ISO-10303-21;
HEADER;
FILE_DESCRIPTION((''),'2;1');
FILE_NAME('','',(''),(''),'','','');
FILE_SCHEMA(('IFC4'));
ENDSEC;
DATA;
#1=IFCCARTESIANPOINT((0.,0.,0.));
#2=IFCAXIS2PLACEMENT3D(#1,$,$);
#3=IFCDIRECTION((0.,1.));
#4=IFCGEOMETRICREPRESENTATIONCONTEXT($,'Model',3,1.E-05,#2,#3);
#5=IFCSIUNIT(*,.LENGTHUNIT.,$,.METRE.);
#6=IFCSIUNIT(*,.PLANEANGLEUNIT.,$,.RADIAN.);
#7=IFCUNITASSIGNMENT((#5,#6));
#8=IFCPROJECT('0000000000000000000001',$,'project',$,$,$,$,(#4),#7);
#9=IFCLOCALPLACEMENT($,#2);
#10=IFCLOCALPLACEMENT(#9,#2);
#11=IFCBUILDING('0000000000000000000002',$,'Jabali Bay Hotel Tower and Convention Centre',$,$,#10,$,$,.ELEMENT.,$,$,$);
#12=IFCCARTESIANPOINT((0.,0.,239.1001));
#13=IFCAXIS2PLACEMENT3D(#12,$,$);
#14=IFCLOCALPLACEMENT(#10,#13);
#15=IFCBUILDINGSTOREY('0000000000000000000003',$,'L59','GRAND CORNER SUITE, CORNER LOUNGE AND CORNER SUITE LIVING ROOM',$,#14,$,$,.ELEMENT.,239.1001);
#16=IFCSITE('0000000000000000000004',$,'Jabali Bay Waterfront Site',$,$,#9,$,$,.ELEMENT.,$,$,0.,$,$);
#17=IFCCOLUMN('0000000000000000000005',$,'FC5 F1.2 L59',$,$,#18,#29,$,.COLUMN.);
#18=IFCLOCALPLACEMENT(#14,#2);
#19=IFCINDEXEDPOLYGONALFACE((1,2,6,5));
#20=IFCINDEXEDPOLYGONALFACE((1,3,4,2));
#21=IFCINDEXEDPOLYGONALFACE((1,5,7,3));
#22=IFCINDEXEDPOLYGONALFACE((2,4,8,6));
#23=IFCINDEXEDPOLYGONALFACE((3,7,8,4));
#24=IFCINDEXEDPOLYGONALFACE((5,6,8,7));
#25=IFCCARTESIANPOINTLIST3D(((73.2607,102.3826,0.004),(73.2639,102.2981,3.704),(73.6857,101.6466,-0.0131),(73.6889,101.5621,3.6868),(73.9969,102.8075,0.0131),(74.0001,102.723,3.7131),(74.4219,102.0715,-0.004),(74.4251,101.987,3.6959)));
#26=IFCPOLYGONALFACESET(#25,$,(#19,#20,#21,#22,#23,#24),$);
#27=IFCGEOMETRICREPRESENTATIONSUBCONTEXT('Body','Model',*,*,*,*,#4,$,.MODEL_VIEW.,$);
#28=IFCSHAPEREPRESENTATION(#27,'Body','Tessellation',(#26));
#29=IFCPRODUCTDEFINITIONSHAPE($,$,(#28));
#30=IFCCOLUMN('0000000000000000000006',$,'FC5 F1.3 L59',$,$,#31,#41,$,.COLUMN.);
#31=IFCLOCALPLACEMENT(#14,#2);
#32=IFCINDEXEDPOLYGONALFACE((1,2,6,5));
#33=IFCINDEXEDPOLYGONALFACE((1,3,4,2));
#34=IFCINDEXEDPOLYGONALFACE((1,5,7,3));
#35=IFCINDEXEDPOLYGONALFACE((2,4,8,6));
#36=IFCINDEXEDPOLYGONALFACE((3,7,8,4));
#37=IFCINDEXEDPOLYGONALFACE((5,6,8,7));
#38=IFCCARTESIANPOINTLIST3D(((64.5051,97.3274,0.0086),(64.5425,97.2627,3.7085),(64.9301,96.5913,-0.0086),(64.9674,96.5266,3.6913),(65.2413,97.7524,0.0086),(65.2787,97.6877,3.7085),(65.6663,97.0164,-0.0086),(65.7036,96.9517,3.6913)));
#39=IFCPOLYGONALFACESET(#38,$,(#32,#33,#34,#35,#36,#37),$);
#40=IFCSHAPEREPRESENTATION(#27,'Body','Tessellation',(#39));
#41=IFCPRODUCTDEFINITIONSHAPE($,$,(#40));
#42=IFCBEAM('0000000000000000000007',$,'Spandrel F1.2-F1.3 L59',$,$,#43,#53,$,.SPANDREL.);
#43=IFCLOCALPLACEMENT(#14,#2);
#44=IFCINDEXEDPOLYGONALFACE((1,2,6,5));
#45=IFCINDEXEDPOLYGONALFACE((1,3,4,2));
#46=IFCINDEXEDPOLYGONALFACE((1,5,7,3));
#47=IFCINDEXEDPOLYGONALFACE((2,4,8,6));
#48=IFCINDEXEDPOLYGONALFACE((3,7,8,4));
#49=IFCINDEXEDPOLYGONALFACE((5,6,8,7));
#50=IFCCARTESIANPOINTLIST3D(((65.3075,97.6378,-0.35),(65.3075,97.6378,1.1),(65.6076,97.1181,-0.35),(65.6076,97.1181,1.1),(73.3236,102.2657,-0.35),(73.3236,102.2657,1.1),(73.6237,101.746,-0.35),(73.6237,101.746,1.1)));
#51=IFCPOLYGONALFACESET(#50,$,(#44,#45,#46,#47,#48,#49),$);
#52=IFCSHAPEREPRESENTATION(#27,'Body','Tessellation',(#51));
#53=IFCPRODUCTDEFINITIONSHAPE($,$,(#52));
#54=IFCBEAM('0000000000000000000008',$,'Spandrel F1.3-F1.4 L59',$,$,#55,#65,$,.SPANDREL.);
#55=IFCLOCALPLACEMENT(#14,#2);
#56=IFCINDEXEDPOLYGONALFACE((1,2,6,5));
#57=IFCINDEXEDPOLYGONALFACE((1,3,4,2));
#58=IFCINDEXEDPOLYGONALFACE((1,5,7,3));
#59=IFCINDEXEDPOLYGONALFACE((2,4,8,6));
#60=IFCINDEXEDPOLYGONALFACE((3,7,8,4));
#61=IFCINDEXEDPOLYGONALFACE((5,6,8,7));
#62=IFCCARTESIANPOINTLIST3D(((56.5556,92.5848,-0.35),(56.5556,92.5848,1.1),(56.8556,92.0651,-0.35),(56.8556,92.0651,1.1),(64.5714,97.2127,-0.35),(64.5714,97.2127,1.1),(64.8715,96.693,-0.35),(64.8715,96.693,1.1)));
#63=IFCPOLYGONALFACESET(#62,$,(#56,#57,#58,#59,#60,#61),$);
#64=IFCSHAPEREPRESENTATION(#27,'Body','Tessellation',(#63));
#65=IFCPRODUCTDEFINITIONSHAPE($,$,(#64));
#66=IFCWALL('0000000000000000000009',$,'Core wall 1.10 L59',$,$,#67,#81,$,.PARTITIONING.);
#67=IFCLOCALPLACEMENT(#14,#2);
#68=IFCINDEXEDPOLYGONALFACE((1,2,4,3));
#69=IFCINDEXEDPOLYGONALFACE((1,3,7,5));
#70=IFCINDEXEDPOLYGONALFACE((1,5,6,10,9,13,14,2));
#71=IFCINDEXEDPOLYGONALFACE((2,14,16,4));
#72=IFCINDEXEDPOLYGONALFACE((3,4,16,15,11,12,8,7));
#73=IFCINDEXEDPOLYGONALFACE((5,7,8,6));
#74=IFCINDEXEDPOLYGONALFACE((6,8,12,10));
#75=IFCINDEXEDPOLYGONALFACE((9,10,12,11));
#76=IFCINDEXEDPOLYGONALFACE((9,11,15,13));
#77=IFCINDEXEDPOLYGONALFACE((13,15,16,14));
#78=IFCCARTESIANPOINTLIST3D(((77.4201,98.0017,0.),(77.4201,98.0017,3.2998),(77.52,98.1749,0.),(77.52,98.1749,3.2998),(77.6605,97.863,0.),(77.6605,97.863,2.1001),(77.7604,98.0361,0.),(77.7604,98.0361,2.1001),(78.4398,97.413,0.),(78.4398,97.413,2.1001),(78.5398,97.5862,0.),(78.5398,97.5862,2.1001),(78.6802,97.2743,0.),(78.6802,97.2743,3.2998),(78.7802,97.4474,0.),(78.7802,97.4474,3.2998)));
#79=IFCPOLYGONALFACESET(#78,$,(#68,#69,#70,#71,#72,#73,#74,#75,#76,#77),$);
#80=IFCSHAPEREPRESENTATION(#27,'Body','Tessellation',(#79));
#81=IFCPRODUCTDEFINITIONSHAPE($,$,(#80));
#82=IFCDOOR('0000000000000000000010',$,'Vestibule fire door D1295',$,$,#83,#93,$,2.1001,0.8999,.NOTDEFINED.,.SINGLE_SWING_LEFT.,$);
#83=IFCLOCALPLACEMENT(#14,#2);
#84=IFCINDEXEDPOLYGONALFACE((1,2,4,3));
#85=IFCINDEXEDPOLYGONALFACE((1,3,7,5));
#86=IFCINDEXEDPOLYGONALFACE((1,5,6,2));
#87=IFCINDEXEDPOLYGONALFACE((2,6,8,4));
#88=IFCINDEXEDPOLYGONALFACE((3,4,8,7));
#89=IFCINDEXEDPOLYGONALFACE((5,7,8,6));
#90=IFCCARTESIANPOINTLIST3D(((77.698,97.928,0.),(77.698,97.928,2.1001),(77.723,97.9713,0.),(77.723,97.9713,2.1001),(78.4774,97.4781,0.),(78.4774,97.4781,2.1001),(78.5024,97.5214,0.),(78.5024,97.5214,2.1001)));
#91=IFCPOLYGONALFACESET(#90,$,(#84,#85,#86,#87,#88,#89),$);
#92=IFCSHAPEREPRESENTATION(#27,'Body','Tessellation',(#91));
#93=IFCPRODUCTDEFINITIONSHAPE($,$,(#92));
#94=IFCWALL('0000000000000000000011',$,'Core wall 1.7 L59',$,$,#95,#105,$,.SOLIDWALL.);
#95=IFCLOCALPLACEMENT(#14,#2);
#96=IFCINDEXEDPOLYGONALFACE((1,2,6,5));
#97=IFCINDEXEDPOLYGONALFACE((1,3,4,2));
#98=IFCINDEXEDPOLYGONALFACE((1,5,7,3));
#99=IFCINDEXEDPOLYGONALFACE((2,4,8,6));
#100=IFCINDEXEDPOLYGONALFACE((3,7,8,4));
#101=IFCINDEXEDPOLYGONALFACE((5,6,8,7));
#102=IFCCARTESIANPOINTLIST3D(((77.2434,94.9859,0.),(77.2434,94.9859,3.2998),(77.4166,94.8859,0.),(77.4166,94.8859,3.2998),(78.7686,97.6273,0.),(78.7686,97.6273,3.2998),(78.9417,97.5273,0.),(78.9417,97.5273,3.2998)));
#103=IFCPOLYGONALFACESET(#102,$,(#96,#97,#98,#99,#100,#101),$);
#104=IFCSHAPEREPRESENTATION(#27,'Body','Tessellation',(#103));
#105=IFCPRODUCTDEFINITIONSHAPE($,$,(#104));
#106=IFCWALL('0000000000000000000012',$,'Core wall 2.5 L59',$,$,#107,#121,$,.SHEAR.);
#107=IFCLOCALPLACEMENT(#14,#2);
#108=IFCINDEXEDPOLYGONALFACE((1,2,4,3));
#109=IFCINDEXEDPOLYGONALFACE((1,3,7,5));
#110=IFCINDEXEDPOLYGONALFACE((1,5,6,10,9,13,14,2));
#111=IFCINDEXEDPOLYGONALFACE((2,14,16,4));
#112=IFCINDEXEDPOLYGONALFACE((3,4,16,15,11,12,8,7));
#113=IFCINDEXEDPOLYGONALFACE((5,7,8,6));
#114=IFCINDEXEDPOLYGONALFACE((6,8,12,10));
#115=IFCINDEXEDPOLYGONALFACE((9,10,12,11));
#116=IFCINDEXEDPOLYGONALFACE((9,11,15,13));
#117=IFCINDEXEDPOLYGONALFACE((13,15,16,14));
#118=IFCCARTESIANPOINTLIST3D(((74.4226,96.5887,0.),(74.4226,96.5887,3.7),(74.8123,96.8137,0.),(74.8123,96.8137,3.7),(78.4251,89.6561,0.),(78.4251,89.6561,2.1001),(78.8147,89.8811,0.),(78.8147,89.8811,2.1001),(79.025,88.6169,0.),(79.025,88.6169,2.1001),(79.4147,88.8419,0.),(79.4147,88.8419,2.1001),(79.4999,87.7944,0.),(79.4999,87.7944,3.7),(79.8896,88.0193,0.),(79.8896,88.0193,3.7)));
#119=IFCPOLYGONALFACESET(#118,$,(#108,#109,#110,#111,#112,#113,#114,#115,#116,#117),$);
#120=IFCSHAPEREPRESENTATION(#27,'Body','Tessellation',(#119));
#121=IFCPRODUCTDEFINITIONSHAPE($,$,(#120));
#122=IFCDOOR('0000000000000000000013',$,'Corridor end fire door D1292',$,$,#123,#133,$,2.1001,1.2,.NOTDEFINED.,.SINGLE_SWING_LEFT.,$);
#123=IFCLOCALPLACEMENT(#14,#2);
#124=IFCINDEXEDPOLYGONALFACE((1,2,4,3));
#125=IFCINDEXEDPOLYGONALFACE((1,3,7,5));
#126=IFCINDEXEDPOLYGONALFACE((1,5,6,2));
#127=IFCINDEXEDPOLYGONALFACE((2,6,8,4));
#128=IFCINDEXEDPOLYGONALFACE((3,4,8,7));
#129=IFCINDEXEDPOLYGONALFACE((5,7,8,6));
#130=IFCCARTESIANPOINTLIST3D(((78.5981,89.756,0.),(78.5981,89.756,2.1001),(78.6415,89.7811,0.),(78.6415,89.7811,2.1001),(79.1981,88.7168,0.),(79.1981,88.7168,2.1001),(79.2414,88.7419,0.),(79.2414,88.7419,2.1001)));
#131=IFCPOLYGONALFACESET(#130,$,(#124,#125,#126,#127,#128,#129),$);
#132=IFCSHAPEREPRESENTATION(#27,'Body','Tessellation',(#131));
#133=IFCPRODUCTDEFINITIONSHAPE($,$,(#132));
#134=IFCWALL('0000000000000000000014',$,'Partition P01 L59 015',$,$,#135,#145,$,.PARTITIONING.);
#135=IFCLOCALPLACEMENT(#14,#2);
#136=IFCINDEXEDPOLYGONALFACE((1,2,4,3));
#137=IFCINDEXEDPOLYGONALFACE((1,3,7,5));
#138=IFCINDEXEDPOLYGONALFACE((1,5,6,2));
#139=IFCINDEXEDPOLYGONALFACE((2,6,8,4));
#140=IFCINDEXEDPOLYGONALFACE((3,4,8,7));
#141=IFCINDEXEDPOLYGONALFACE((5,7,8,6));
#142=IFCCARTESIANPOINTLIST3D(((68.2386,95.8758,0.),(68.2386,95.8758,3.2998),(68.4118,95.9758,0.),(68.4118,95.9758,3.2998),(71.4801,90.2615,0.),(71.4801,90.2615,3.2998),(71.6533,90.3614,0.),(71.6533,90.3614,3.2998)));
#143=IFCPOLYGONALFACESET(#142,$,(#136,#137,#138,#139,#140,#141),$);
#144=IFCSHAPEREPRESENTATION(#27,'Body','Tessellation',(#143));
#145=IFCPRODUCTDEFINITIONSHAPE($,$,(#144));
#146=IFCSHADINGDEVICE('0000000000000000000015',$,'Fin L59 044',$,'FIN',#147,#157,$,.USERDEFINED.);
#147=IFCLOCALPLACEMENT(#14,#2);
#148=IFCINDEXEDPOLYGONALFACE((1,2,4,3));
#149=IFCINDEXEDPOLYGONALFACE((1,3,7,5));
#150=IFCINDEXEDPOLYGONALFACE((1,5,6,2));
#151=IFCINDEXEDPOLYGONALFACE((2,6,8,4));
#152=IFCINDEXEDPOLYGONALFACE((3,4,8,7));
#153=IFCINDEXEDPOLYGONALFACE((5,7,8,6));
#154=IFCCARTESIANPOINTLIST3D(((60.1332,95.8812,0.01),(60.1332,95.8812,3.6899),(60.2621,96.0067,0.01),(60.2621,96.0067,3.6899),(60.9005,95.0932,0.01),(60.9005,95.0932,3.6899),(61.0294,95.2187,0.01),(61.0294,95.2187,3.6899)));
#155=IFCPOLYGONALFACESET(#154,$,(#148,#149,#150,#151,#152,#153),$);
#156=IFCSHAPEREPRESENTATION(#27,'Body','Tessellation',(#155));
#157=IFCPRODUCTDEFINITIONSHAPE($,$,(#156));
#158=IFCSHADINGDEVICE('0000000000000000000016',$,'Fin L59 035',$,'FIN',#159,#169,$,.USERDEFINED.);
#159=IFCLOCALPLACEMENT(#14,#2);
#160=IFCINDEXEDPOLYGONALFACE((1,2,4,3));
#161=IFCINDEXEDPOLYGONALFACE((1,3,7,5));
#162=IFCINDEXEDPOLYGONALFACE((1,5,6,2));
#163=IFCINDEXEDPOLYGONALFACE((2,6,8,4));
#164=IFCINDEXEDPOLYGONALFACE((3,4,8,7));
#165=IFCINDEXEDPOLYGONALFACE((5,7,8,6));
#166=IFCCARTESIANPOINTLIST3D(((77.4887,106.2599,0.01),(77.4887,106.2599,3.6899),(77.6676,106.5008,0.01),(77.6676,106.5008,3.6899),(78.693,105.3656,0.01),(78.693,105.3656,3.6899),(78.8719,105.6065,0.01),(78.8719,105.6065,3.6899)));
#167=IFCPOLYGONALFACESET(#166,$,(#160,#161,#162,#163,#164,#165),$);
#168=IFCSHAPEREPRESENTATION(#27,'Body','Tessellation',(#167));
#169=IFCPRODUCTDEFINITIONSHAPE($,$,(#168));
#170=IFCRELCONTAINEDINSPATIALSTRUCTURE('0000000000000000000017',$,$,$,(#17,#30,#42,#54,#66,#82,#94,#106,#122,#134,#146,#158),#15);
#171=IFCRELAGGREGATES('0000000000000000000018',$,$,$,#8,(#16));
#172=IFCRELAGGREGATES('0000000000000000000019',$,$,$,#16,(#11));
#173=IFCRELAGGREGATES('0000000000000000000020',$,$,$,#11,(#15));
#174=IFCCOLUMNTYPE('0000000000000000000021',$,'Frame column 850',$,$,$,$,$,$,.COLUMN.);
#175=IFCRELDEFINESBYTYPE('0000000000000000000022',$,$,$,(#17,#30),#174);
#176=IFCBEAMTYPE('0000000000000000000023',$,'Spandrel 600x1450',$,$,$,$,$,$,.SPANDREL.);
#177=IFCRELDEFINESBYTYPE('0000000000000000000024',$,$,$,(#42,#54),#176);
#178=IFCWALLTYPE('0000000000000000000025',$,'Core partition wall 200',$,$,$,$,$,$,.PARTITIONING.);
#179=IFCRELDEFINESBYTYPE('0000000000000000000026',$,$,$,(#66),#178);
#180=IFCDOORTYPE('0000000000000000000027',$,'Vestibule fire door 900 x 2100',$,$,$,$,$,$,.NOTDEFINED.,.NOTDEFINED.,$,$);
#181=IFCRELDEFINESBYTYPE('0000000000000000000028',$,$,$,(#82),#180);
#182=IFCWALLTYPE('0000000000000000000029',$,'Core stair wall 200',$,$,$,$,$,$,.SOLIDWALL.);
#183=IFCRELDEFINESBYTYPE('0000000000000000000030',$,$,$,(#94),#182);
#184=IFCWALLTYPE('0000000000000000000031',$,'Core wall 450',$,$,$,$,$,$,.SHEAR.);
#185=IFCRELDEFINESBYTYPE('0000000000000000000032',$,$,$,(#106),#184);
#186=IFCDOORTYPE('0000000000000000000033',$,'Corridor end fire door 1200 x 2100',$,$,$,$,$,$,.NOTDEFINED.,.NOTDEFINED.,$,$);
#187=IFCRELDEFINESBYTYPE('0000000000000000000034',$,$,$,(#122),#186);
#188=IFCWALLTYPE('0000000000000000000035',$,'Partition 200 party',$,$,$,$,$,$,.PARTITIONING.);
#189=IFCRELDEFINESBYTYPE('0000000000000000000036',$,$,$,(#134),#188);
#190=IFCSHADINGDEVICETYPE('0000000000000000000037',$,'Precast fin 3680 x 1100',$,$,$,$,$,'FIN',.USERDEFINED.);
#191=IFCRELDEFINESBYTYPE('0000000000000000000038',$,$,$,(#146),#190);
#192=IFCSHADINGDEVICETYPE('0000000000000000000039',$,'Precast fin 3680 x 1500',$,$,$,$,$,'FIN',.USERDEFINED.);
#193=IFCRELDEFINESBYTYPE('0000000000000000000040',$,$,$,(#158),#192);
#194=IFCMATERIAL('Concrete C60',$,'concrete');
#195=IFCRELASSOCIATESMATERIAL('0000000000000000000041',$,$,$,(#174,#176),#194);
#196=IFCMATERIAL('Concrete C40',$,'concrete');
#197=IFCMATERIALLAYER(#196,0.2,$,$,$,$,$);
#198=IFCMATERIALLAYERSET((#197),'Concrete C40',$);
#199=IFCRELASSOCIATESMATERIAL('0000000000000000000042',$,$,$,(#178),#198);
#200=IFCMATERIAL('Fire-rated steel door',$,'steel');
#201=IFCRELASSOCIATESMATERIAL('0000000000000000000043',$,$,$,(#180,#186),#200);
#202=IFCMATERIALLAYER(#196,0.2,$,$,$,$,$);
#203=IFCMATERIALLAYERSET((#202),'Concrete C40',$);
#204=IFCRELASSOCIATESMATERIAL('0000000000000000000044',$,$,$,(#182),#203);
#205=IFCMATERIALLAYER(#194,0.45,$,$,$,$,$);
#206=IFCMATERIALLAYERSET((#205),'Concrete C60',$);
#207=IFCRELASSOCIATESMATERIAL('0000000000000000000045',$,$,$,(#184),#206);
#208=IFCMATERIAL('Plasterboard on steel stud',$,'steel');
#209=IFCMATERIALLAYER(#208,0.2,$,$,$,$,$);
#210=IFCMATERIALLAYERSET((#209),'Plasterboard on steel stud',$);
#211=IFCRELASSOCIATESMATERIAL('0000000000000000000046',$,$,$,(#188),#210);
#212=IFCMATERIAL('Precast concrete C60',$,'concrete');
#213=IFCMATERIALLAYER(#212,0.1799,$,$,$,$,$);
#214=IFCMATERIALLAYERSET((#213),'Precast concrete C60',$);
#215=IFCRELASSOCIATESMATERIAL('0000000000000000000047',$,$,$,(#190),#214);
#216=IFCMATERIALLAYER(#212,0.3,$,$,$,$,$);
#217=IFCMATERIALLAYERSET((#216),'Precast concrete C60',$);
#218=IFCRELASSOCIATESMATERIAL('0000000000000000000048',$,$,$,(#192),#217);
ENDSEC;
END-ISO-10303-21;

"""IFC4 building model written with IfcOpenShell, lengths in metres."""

from ifc_helpers import new_model, si_unit, direction, frame, frame_2d, origin, origin_2d, place, context, subcontext, project, spatial, rectangle, extrude, material, layer, layer_set, material_profile, profile_set, type_object, element, fill, save


model = new_model("IFC4")

# Units and contexts
model_context = context("Model", 3, precision=1e-05, world=origin(), true_north=direction((0.0, 1.0)))
body_context = subcontext(model_context, "Body", "Model", "MODEL_VIEW")
ifc_project = project(units=[si_unit("LENGTHUNIT", "METRE"), si_unit("PLANEANGLEUNIT", "RADIAN")], contexts=[model_context])

# Site, building, storey
site_placement = place(None, origin())
site = spatial("IfcSite", under=ifc_project, at=site_placement, Name="Jabali Bay Waterfront Site", CompositionType="ELEMENT", RefElevation=0.0)
building_placement = place(site_placement, origin())
building = spatial("IfcBuilding", under=site, at=building_placement, Name="Jabali Bay Hotel Tower and Convention Centre", CompositionType="ELEMENT")
storey_placement = place(building_placement, frame((0.0, 0.0, 239.1001)))
storey = spatial("IfcBuildingStorey", under=building, at=storey_placement, Name="L59", Description="GRAND CORNER SUITE, CORNER LOUNGE AND CORNER SUITE LIVING ROOM", CompositionType="ELEMENT", Elevation=239.1001)

# Columns
ifc_material_1 = material(Name="Concrete C60", Category="concrete")
ifc_material_profile_1 = material_profile(ifc_material_1, rectangle(XDim=0.8501, YDim=0.8501, at=origin_2d()), Name="Frame column 850")
ifc_profile_set_1 = profile_set([ifc_material_profile_1], Name="Concrete C60")
column_type = type_object("IfcColumnType", Name="Frame column 850", PredefinedType="COLUMN", material=ifc_profile_set_1)
column_1_placement = place(storey_placement, frame((73.8413, 102.2271, 0.0), z_axis=(0.000858, -0.022825, 0.999739), x_axis=(0.86606, 0.499826, 0.010668)))
element("IfcColumn", 1, at=column_1_placement, inside=storey, type_object=column_type, Name="FC5 F1.2 L59", PredefinedType="COLUMN", context=body_context, shape_type="SweptSolid", body=[
    extrude(rectangle(XDim=0.8501, YDim=0.8501, at=origin_2d()), origin(), (0.0, 0.0, 1.0), 3.7009),
])
column_2_placement = place(storey_placement, frame((65.0857, 97.1719, 0.0), z_axis=(0.010094, -0.017482, 0.999796), x_axis=(-0.499903, 0.865846, 0.020187)))
element("IfcColumn", 2, at=column_2_placement, inside=storey, type_object=column_type, Name="FC5 F1.3 L59", PredefinedType="COLUMN", context=body_context, shape_type="SweptSolid", body=[
    extrude(rectangle(XDim=0.8501, YDim=0.8501, at=origin_2d()), origin(), (0.0, 0.0, 1.0), 3.7007),
])

# Beams
ifc_material_profile_2 = material_profile(ifc_material_1, rectangle(XDim=0.6001, YDim=1.45, at=origin_2d()), Name="Spandrel 600x1450")
ifc_profile_set_2 = profile_set([ifc_material_profile_2], Name="Concrete C60")
beam_type = type_object("IfcBeamType", Name="Spandrel 600x1450", PredefinedType="SPANDREL", material=ifc_profile_set_2)
beam_1_placement = place(storey_placement, frame((73.4736, 102.0059, 0.375), z_axis=(-0.866034, -0.499986, 0.0), x_axis=(0.499986, -0.866034, 0.0)))
element("IfcBeam", 3, at=beam_1_placement, inside=storey, type_object=beam_type, Name="Spandrel F1.2-F1.3 L59", PredefinedType="SPANDREL", context=body_context, shape_type="SweptSolid", body=[
    extrude(rectangle(XDim=0.6001, YDim=1.45, at=origin_2d()), origin(), (0.0, 0.0, 1.0), 9.2561),
])
beam_2_placement = place(storey_placement, frame((64.7214, 96.9529, 0.375), z_axis=(-0.866027, -0.499997, 0.0), x_axis=(0.499997, -0.866027, 0.0)))
element("IfcBeam", 4, at=beam_2_placement, inside=storey, type_object=beam_type, Name="Spandrel F1.3-F1.4 L59", PredefinedType="SPANDREL", context=body_context, shape_type="SweptSolid", body=[
    extrude(rectangle(XDim=0.6001, YDim=1.45, at=origin_2d()), origin(), (0.0, 0.0, 1.0), 9.2559),
])

# Wall, opening, door
ifc_material_2 = material(Name="Concrete C40", Category="concrete")
ifc_layer_1 = layer(ifc_material_2, 0.2)
ifc_layer_set_1 = layer_set([ifc_layer_1], Name="Concrete C40")
wall_type_1 = type_object("IfcWallType", Name="Core partition wall 200", PredefinedType="PARTITIONING", material=ifc_layer_set_1)
wall_1_placement = place(storey_placement, frame((78.7302, 97.3608, 0.0), z_axis=(0.0, 0.0, 1.0), x_axis=(-0.866046, 0.499965, 0.0)))
wall_1 = element("IfcWall", 5, at=wall_1_placement, inside=storey, type_object=wall_type_1, Name="Core wall 1.10 L59", PredefinedType="PARTITIONING", context=body_context, shape_type="SweptSolid", body=[
    extrude(rectangle(XDim=1.4551, YDim=0.2, at=frame_2d((0.7275, 0.0))), origin(), (0.0, 0.0, 1.0), 3.2998),
])
opening_1_placement = place(wall_1_placement, frame((0.2776, 0.0, 0.0)))
opening_1 = element("IfcOpeningElement", 6, at=opening_1_placement, cuts=wall_1, PredefinedType="OPENING", context=body_context, shape_type="SweptSolid", body=[
    extrude(rectangle(XDim=0.8999, YDim=2.1001, at=frame_2d((0.45, 1.05))), frame((0.0, 0.1104, 0.0), z_axis=(0.0, -1.0, 0.0), x_axis=(1.0, 0.0, 0.0)), (0.0, 0.0, 1.0), 0.2209),
])
ifc_material_3 = material(Name="Fire-rated steel door", Category="steel")
door_type_1 = type_object("IfcDoorType", Name="Vestibule fire door 900 x 2100", OperationType="NOTDEFINED", PredefinedType="NOTDEFINED", material=ifc_material_3)
door_1_placement = place(opening_1_placement, origin())
door_1 = element("IfcDoor", 7, at=door_1_placement, inside=storey, type_object=door_type_1, Name="Vestibule fire door D1295", OperationType="SINGLE_SWING_LEFT", OverallHeight=2.1001, OverallWidth=0.8999, PredefinedType="NOTDEFINED", context=body_context, shape_type="SweptSolid", body=[
    extrude(rectangle(XDim=0.8999, YDim=2.1001, at=frame_2d((0.45, 1.05))), frame((0.0, 0.0249, 0.0), z_axis=(0.0, -1.0, 0.0), x_axis=(1.0, 0.0, 0.0)), (0.0, 0.0, 1.0), 0.05),
])
fill(opening_1, door_1)

# Wall
ifc_layer_2 = layer(ifc_material_2, 0.2)
ifc_layer_set_2 = layer_set([ifc_layer_2], Name="Concrete C40")
wall_type_2 = type_object("IfcWallType", Name="Core stair wall 200", PredefinedType="SOLIDWALL", material=ifc_layer_set_2)
wall_2_placement = place(storey_placement, frame((77.3301, 94.936, 0.0), z_axis=(0.0, 0.0, 1.0), x_axis=(0.500039, 0.866003, 0.0)))
element("IfcWall", 8, at=wall_2_placement, inside=storey, type_object=wall_type_2, Name="Core wall 1.7 L59", PredefinedType="SOLIDWALL", context=body_context, shape_type="SweptSolid", body=[
    extrude(rectangle(XDim=3.05, YDim=0.2, at=frame_2d((1.5249, 0.0))), origin(), (0.0, 0.0, 1.0), 3.2998),
])

# Wall, opening, door
ifc_layer_3 = layer(ifc_material_1, 0.45)
ifc_layer_set_3 = layer_set([ifc_layer_3], Name="Concrete C60")
wall_type_3 = type_object("IfcWallType", Name="Core wall 450", PredefinedType="SHEAR", material=ifc_layer_set_3)
wall_3_placement = place(storey_placement, frame((74.6174, 96.7012, 0.0), z_axis=(0.0, 0.0, 1.0), x_axis=(0.499994, -0.866029, 0.0)))
wall_3 = element("IfcWall", 9, at=wall_3_placement, inside=storey, type_object=wall_type_3, Name="Core wall 2.5 L59", PredefinedType="SHEAR", context=body_context, shape_type="SweptSolid", body=[
    extrude(rectangle(XDim=10.1548, YDim=0.45, at=frame_2d((5.0774, 0.0))), origin(), (0.0, 0.0, 1.0), 3.7),
])
opening_2_placement = place(wall_3_placement, frame((8.0049, 0.0, 0.0)))
opening_2 = element("IfcOpeningElement", 10, at=opening_2_placement, cuts=wall_3, PredefinedType="OPENING", context=body_context, shape_type="SweptSolid", body=[
    extrude(rectangle(XDim=1.2, YDim=2.1001, at=frame_2d((0.6001, 1.05))), frame((0.0, 0.2354, 0.0), z_axis=(0.0, -1.0, 0.0), x_axis=(1.0, 0.0, 0.0)), (0.0, 0.0, 1.0), 0.4709),
])
door_type_2 = type_object("IfcDoorType", Name="Corridor end fire door 1200 x 2100", OperationType="NOTDEFINED", PredefinedType="NOTDEFINED", material=ifc_material_3)
door_2_placement = place(opening_2_placement, origin())
door_2 = element("IfcDoor", 11, at=door_2_placement, inside=storey, type_object=door_type_2, Name="Corridor end fire door D1292", OperationType="SINGLE_SWING_LEFT", OverallHeight=2.1001, OverallWidth=1.2, PredefinedType="NOTDEFINED", context=body_context, shape_type="SweptSolid", body=[
    extrude(rectangle(XDim=1.2, YDim=2.1001, at=frame_2d((0.6001, 1.05))), frame((0.0, 0.0249, 0.0), z_axis=(0.0, -1.0, 0.0), x_axis=(1.0, 0.0, 0.0)), (0.0, 0.0, 1.0), 0.05),
])
fill(opening_2, door_2)

# Wall
ifc_material_4 = material(Name="Plasterboard on steel stud", Category="steel")
ifc_layer_4 = layer(ifc_material_4, 0.2)
ifc_layer_set_4 = layer_set([ifc_layer_4], Name="Plasterboard on steel stud")
wall_type_4 = type_object("IfcWallType", Name="Partition 200 party", PredefinedType="PARTITIONING", material=ifc_layer_set_4)
wall_4_placement = place(storey_placement, frame((68.3252, 95.9258, 0.0), z_axis=(0.0, 0.0, 1.0), x_axis=(0.500007, -0.866021, 0.0)))
element("IfcWall", 12, at=wall_4_placement, inside=storey, type_object=wall_type_4, Name="Partition P01 L59 015", PredefinedType="PARTITIONING", context=body_context, shape_type="SweptSolid", body=[
    extrude(rectangle(XDim=6.4829, YDim=0.2, at=frame_2d((3.2415, 0.0))), origin(), (0.0, 0.0, 1.0), 3.2998),
])

# Shading devices
ifc_material_5 = material(Name="Precast concrete C60", Category="concrete")
ifc_layer_5 = layer(ifc_material_5, 0.1799)
ifc_layer_set_5 = layer_set([ifc_layer_5], Name="Precast concrete C60")
shading_device_type_1 = type_object("IfcShadingDeviceType", Name="Precast fin 3680 x 1100", ElementType="FIN", PredefinedType="USERDEFINED", material=ifc_layer_set_5)
shading_device_1_placement = place(storey_placement, frame((60.9648, 95.156, 0.01), z_axis=(0.0, 0.0, 1.0), x_axis=(-0.697611, 0.716477, 0.0)))
element("IfcShadingDevice", 13, at=shading_device_1_placement, inside=storey, type_object=shading_device_type_1, Name="Fin L59 044", ObjectType="FIN", PredefinedType="USERDEFINED", context=body_context, shape_type="SweptSolid", body=[
    extrude(rectangle(XDim=1.0999, YDim=0.1799, at=frame_2d((0.5498, 0.0))), origin(), (0.0, 0.0, 1.0), 3.6799),
])
ifc_layer_6 = layer(ifc_material_5, 0.3)
ifc_layer_set_6 = layer_set([ifc_layer_6], Name="Precast concrete C60")
shading_device_type_2 = type_object("IfcShadingDeviceType", Name="Precast fin 3680 x 1500", ElementType="FIN", PredefinedType="USERDEFINED", material=ifc_layer_set_6)
for number, where, z_axis, x_axis, name in (
    (14, (78.7825, 105.4861, 0.01), (0.0, 0.0, 1.0), (-0.802862, 0.596165, 0.0), "Fin L59 035"),
):
    element("IfcShadingDevice", number, at=place(storey_placement, frame(where, z_axis=z_axis, x_axis=x_axis)), inside=storey, type_object=shading_device_type_2, Name=name, ObjectType="FIN", PredefinedType="USERDEFINED", context=body_context, shape_type="SweptSolid", body=[
        extrude(rectangle(XDim=1.5, YDim=0.3, at=frame_2d((0.75, 0.0))), origin(), (0.0, 0.0, 1.0), 3.6799),
    ])

save(model, "model.ifc")
